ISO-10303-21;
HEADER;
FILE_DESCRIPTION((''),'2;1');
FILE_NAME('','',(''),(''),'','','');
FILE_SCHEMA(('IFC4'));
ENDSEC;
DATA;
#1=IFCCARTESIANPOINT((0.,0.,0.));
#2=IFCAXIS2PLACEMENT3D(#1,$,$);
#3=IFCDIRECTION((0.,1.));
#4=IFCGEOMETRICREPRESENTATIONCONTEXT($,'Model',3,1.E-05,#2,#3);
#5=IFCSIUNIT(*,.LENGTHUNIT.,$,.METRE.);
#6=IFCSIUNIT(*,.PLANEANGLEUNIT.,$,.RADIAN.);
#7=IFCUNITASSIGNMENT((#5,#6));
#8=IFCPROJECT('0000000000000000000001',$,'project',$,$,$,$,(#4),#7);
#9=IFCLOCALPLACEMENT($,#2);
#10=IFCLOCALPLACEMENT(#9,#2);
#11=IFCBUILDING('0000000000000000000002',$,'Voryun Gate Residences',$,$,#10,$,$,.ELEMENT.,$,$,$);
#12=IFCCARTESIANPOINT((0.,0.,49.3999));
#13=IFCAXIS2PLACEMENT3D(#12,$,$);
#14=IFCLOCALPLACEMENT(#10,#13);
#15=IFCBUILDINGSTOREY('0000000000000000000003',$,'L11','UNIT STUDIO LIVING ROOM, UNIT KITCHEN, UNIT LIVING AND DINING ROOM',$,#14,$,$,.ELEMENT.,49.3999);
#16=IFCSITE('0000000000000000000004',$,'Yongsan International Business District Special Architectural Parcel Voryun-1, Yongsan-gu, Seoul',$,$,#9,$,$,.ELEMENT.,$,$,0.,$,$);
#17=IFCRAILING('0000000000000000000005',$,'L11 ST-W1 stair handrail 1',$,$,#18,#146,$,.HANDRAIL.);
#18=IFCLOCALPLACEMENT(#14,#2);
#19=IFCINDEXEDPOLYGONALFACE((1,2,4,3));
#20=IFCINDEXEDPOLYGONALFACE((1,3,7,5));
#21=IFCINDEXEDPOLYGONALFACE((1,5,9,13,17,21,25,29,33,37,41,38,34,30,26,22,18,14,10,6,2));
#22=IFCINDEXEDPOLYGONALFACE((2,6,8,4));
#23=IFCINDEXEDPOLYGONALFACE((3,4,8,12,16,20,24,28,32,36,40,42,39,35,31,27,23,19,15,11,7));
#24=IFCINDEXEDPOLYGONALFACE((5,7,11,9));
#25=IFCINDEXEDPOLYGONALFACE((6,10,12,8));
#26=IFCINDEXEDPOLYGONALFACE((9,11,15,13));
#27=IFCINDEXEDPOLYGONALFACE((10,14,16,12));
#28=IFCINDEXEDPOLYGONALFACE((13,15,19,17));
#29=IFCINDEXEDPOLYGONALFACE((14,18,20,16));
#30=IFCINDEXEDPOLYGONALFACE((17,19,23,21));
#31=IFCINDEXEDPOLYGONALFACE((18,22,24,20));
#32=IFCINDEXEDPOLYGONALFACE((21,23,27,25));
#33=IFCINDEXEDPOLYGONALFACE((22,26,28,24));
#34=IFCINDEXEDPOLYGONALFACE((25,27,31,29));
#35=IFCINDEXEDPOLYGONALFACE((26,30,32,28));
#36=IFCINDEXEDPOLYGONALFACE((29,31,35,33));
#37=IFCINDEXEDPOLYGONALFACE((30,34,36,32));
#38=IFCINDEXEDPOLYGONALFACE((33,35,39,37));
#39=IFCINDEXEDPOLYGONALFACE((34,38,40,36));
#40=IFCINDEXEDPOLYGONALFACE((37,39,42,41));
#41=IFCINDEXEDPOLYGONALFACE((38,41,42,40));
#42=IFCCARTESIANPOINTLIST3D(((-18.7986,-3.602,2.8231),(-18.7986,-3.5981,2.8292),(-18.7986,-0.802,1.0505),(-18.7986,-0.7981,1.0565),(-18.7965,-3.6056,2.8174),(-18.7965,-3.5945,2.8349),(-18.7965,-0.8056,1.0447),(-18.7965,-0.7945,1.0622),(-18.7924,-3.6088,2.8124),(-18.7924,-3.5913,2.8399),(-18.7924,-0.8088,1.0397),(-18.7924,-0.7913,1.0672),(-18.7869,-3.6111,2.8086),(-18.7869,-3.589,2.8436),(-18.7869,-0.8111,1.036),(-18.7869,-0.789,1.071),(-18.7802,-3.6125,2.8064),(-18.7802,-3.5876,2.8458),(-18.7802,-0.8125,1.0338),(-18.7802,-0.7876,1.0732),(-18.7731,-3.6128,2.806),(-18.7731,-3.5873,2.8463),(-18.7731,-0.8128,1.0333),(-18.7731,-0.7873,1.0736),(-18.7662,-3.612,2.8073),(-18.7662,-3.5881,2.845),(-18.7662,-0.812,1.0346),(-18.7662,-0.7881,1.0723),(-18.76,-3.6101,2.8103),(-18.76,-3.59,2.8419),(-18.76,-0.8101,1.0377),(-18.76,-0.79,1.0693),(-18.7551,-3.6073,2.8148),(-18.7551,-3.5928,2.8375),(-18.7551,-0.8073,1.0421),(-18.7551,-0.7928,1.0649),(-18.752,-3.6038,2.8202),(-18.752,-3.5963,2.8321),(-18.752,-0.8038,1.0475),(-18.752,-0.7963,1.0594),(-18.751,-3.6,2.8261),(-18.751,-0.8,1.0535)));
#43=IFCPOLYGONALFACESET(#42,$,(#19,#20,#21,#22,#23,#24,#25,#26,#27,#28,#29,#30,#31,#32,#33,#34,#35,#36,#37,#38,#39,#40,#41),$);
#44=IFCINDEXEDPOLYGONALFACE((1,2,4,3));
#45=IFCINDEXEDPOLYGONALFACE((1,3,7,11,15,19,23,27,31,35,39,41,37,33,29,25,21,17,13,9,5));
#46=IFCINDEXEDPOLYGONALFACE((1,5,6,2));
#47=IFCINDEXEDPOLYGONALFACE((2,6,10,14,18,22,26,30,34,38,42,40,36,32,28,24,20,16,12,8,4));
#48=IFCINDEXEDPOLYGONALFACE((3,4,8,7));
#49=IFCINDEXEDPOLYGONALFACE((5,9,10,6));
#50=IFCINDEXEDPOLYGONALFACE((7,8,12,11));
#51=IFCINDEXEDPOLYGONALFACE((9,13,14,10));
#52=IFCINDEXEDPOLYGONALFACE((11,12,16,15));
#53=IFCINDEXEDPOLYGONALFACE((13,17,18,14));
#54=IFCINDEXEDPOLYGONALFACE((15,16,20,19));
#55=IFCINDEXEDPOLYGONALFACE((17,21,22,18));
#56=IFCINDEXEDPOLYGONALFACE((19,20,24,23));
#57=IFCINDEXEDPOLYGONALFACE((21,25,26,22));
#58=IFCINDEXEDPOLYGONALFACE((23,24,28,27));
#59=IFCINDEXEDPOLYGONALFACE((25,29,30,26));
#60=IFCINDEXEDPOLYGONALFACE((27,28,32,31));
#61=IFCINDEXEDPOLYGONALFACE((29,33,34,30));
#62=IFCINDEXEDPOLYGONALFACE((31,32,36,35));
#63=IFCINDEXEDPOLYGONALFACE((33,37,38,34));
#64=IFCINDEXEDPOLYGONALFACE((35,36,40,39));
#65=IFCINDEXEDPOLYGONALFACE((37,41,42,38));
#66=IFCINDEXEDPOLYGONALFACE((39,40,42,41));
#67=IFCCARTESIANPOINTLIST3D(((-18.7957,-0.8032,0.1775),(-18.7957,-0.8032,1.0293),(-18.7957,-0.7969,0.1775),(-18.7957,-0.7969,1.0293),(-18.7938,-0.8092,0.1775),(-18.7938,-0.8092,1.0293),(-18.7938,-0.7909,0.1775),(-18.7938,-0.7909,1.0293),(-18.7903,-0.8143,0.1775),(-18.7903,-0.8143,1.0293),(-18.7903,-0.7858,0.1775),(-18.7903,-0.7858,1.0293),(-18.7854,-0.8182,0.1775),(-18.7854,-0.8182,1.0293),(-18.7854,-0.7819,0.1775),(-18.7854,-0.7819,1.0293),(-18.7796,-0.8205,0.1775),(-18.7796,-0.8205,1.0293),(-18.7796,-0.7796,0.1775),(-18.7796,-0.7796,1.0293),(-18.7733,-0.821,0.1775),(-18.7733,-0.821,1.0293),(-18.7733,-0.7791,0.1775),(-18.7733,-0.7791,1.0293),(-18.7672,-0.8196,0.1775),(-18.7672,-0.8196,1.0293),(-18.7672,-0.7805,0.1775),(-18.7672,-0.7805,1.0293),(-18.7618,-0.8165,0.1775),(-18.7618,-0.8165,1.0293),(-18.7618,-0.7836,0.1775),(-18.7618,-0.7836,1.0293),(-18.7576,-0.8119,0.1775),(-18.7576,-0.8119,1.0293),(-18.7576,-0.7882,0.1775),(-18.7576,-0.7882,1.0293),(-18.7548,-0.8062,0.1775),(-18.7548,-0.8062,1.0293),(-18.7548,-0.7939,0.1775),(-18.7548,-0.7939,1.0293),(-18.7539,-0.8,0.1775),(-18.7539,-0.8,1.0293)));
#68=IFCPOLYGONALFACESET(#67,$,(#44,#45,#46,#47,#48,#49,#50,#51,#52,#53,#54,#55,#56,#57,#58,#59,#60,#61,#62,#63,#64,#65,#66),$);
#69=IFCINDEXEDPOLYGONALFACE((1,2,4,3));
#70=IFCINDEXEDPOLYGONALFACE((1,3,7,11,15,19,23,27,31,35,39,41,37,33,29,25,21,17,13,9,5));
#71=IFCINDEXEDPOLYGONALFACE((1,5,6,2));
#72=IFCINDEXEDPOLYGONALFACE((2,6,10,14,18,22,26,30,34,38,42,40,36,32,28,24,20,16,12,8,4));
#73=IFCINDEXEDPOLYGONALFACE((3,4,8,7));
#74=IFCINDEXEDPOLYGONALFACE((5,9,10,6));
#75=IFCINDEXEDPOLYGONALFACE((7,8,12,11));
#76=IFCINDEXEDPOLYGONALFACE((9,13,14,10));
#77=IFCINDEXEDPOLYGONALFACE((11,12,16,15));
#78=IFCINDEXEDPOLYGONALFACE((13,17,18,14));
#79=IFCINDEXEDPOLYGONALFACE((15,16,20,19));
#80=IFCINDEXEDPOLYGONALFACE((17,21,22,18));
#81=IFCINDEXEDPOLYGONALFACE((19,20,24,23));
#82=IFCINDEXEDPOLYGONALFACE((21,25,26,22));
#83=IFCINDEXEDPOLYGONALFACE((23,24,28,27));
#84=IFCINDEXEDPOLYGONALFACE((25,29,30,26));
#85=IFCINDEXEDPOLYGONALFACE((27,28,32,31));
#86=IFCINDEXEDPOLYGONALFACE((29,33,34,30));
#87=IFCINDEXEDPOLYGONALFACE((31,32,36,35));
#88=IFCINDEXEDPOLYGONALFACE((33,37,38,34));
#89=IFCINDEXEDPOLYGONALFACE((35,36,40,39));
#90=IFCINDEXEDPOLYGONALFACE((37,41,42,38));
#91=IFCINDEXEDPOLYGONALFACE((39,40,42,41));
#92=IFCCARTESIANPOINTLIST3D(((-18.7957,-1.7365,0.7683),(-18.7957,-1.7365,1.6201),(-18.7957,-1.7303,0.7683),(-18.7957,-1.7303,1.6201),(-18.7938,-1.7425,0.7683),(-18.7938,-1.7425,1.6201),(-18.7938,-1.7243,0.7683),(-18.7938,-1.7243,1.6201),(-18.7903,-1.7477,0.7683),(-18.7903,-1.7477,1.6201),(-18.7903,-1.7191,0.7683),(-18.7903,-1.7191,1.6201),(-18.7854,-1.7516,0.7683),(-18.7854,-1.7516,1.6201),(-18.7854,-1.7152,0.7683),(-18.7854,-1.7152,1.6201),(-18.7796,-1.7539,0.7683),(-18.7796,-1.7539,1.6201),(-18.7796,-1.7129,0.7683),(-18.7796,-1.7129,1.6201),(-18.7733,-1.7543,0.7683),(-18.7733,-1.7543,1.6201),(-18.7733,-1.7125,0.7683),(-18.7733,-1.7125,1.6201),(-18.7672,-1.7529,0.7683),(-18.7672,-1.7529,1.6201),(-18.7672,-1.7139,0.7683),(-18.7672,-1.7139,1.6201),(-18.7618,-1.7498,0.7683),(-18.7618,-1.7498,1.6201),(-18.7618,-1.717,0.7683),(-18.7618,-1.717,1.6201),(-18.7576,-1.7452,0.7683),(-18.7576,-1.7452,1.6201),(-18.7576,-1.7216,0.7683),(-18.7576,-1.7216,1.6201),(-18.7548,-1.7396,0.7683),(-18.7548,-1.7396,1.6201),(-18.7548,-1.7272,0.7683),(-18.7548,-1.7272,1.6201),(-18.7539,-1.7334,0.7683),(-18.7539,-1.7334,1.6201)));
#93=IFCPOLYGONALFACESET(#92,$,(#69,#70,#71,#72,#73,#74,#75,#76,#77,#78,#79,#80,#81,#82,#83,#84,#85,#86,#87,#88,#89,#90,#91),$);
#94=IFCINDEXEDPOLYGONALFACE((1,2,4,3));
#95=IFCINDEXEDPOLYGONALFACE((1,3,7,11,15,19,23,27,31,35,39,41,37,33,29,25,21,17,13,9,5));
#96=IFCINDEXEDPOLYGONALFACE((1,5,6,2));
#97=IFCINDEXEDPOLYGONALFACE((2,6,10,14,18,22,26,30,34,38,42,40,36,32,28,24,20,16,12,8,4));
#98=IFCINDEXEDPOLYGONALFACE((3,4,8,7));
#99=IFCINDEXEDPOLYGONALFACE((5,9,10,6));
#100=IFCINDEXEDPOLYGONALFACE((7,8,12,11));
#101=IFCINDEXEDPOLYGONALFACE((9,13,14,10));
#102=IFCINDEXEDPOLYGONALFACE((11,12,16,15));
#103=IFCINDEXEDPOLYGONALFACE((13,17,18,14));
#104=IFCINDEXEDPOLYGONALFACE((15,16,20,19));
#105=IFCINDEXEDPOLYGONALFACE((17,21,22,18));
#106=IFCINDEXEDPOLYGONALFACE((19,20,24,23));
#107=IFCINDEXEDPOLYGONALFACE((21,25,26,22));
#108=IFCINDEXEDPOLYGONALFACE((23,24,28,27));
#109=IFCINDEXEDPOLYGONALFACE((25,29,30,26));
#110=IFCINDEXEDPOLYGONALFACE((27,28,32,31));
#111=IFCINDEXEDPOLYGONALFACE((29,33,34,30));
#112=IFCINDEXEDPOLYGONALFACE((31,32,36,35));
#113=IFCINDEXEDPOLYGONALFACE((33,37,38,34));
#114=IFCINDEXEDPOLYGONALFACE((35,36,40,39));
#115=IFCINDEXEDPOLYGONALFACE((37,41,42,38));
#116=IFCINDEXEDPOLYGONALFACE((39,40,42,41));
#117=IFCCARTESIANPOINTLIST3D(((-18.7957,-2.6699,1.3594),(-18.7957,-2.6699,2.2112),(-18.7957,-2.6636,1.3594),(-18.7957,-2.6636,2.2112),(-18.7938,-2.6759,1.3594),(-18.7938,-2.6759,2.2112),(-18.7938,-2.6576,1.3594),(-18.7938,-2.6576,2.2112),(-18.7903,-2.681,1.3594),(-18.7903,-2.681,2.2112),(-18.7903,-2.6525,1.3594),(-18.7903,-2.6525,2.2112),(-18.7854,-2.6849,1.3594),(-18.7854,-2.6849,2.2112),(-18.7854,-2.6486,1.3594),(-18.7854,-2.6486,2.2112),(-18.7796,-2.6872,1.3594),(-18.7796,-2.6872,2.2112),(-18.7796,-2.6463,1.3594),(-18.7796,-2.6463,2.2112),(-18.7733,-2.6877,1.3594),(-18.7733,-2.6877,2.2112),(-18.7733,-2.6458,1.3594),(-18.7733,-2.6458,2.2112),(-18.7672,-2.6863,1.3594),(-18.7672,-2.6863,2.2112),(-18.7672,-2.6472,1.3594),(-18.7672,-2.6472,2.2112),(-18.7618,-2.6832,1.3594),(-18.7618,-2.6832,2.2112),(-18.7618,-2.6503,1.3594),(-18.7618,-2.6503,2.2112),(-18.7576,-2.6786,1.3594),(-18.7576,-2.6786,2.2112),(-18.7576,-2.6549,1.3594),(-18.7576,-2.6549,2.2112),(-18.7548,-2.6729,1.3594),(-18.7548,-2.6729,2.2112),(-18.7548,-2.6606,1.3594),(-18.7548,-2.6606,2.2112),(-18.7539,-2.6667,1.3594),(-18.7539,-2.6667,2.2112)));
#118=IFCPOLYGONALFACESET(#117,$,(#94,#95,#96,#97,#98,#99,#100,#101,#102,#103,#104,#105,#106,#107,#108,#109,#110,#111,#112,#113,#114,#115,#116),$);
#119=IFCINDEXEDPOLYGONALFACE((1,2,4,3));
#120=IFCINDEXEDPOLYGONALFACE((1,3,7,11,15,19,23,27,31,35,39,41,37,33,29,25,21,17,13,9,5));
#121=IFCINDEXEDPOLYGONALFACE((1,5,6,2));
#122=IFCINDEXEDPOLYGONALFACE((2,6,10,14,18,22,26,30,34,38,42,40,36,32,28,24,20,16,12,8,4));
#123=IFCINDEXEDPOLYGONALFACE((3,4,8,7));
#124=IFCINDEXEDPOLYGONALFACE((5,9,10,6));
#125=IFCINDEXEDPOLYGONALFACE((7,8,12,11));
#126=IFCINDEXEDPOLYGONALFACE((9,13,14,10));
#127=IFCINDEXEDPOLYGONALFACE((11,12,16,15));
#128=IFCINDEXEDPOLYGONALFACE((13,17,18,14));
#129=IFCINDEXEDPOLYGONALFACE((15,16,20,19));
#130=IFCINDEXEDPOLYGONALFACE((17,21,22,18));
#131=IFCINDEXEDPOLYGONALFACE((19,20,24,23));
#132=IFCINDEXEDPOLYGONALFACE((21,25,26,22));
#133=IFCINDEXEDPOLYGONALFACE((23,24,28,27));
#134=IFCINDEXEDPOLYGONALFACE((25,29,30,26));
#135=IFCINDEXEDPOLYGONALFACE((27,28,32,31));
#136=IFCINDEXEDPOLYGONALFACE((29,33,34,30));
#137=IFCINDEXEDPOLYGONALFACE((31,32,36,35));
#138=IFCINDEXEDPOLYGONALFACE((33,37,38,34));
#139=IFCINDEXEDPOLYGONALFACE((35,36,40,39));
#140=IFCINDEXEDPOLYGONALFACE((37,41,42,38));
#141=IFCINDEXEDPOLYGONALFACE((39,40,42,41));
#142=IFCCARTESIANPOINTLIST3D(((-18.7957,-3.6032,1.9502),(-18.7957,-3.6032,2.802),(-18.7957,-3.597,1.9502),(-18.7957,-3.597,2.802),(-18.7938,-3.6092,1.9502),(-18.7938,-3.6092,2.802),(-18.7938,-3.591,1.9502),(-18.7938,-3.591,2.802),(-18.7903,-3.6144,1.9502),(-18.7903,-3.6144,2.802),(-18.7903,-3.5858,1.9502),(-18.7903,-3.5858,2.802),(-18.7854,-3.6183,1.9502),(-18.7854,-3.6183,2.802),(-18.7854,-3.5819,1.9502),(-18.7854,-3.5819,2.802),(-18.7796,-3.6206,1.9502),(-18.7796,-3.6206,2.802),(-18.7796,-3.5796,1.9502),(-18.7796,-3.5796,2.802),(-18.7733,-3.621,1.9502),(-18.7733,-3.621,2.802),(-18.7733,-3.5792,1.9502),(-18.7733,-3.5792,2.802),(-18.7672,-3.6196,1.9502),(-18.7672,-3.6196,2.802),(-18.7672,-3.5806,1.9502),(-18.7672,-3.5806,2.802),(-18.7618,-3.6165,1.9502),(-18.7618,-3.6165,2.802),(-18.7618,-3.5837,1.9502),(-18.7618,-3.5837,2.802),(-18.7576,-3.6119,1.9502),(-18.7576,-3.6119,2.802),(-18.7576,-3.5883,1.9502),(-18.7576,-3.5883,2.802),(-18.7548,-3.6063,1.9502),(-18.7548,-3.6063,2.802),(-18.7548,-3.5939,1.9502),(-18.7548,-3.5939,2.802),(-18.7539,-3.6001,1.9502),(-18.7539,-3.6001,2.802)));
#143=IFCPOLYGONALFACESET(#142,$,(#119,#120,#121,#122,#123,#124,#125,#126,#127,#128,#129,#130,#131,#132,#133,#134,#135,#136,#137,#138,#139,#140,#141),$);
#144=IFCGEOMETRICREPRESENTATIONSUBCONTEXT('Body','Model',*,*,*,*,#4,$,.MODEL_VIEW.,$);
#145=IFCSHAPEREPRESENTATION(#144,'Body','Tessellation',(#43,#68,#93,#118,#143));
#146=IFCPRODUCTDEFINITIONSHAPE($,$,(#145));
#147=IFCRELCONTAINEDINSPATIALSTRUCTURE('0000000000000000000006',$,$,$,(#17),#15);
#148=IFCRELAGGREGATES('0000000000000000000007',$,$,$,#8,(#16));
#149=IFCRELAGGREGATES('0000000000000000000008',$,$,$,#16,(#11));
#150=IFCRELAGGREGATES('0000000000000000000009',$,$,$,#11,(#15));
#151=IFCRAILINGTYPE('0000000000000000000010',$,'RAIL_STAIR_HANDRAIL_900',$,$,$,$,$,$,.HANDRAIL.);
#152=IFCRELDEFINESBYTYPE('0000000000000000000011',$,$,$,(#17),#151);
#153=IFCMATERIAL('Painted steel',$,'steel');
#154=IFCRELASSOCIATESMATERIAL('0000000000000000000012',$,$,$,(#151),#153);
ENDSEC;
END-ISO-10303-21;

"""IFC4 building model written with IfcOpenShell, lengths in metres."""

from ifc_helpers import new_model, si_unit, direction, frame, origin, origin_2d, place, context, subcontext, project, spatial, circle, extrude, material, type_object, element, save


model = new_model("IFC4")

# Units and contexts
model_context = context("Model", 3, precision=1e-05, world=origin(), true_north=direction((0.0, 1.0)))
body_context = subcontext(model_context, "Body", "Model", "MODEL_VIEW")
ifc_project = project(units=[si_unit("LENGTHUNIT", "METRE"), si_unit("PLANEANGLEUNIT", "RADIAN")], contexts=[model_context])

# Site, building, storey
site_placement = place(None, origin())
site = spatial("IfcSite", under=ifc_project, at=site_placement, Name="Yongsan International Business District Special Architectural Parcel Voryun-1, Yongsan-gu, Seoul", CompositionType="ELEMENT", RefElevation=0.0)
building_placement = place(site_placement, origin())
building = spatial("IfcBuilding", under=site, at=building_placement, Name="Voryun Gate Residences", CompositionType="ELEMENT")
storey_placement = place(building_placement, frame((0.0, 0.0, 49.3999)))
storey = spatial("IfcBuildingStorey", under=building, at=storey_placement, Name="L11", Description="UNIT STUDIO LIVING ROOM, UNIT KITCHEN, UNIT LIVING AND DINING ROOM", CompositionType="ELEMENT", Elevation=49.3999)

# Railing
ifc_material_1 = material(Name="Painted steel", Category="steel")
railing_type_1 = type_object("IfcRailingType", Name="RAIL_STAIR_HANDRAIL_900", PredefinedType="HANDRAIL", material=ifc_material_1)
railing_1_placement = place(storey_placement, frame((-18.7749, -0.8, 0.1775)))
element("IfcRailing", 1, at=railing_1_placement, inside=storey, type_object=railing_type_1, Name="L11 ST-W1 stair handrail 1", PredefinedType="HANDRAIL", context=body_context, shape_type="SweptSolid", body=[
    extrude(circle(Radius=0.0239, at=origin_2d()), frame((0.0, 0.0, 0.876), z_axis=(0.0, -0.844909, 0.53491), x_axis=(1.0, 0.0, 0.0)), (0.0, 0.0, 1.0), 3.314),
    extrude(circle(Radius=0.021, at=origin_2d()), origin(), (0.0, 0.0, 1.0), 0.8518),
    extrude(circle(Radius=0.021, at=origin_2d()), frame((0.0, -0.9333, 0.5908)), (0.0, 0.0, 1.0), 0.8518),
    extrude(circle(Radius=0.021, at=origin_2d()), frame((0.0, -1.8667, 1.1819)), (0.0, 0.0, 1.0), 0.8518),
    extrude(circle(Radius=0.021, at=origin_2d()), frame((0.0, -2.8, 1.7727)), (0.0, 0.0, 1.0), 0.8518),
])

save(model, "model.ifc")
